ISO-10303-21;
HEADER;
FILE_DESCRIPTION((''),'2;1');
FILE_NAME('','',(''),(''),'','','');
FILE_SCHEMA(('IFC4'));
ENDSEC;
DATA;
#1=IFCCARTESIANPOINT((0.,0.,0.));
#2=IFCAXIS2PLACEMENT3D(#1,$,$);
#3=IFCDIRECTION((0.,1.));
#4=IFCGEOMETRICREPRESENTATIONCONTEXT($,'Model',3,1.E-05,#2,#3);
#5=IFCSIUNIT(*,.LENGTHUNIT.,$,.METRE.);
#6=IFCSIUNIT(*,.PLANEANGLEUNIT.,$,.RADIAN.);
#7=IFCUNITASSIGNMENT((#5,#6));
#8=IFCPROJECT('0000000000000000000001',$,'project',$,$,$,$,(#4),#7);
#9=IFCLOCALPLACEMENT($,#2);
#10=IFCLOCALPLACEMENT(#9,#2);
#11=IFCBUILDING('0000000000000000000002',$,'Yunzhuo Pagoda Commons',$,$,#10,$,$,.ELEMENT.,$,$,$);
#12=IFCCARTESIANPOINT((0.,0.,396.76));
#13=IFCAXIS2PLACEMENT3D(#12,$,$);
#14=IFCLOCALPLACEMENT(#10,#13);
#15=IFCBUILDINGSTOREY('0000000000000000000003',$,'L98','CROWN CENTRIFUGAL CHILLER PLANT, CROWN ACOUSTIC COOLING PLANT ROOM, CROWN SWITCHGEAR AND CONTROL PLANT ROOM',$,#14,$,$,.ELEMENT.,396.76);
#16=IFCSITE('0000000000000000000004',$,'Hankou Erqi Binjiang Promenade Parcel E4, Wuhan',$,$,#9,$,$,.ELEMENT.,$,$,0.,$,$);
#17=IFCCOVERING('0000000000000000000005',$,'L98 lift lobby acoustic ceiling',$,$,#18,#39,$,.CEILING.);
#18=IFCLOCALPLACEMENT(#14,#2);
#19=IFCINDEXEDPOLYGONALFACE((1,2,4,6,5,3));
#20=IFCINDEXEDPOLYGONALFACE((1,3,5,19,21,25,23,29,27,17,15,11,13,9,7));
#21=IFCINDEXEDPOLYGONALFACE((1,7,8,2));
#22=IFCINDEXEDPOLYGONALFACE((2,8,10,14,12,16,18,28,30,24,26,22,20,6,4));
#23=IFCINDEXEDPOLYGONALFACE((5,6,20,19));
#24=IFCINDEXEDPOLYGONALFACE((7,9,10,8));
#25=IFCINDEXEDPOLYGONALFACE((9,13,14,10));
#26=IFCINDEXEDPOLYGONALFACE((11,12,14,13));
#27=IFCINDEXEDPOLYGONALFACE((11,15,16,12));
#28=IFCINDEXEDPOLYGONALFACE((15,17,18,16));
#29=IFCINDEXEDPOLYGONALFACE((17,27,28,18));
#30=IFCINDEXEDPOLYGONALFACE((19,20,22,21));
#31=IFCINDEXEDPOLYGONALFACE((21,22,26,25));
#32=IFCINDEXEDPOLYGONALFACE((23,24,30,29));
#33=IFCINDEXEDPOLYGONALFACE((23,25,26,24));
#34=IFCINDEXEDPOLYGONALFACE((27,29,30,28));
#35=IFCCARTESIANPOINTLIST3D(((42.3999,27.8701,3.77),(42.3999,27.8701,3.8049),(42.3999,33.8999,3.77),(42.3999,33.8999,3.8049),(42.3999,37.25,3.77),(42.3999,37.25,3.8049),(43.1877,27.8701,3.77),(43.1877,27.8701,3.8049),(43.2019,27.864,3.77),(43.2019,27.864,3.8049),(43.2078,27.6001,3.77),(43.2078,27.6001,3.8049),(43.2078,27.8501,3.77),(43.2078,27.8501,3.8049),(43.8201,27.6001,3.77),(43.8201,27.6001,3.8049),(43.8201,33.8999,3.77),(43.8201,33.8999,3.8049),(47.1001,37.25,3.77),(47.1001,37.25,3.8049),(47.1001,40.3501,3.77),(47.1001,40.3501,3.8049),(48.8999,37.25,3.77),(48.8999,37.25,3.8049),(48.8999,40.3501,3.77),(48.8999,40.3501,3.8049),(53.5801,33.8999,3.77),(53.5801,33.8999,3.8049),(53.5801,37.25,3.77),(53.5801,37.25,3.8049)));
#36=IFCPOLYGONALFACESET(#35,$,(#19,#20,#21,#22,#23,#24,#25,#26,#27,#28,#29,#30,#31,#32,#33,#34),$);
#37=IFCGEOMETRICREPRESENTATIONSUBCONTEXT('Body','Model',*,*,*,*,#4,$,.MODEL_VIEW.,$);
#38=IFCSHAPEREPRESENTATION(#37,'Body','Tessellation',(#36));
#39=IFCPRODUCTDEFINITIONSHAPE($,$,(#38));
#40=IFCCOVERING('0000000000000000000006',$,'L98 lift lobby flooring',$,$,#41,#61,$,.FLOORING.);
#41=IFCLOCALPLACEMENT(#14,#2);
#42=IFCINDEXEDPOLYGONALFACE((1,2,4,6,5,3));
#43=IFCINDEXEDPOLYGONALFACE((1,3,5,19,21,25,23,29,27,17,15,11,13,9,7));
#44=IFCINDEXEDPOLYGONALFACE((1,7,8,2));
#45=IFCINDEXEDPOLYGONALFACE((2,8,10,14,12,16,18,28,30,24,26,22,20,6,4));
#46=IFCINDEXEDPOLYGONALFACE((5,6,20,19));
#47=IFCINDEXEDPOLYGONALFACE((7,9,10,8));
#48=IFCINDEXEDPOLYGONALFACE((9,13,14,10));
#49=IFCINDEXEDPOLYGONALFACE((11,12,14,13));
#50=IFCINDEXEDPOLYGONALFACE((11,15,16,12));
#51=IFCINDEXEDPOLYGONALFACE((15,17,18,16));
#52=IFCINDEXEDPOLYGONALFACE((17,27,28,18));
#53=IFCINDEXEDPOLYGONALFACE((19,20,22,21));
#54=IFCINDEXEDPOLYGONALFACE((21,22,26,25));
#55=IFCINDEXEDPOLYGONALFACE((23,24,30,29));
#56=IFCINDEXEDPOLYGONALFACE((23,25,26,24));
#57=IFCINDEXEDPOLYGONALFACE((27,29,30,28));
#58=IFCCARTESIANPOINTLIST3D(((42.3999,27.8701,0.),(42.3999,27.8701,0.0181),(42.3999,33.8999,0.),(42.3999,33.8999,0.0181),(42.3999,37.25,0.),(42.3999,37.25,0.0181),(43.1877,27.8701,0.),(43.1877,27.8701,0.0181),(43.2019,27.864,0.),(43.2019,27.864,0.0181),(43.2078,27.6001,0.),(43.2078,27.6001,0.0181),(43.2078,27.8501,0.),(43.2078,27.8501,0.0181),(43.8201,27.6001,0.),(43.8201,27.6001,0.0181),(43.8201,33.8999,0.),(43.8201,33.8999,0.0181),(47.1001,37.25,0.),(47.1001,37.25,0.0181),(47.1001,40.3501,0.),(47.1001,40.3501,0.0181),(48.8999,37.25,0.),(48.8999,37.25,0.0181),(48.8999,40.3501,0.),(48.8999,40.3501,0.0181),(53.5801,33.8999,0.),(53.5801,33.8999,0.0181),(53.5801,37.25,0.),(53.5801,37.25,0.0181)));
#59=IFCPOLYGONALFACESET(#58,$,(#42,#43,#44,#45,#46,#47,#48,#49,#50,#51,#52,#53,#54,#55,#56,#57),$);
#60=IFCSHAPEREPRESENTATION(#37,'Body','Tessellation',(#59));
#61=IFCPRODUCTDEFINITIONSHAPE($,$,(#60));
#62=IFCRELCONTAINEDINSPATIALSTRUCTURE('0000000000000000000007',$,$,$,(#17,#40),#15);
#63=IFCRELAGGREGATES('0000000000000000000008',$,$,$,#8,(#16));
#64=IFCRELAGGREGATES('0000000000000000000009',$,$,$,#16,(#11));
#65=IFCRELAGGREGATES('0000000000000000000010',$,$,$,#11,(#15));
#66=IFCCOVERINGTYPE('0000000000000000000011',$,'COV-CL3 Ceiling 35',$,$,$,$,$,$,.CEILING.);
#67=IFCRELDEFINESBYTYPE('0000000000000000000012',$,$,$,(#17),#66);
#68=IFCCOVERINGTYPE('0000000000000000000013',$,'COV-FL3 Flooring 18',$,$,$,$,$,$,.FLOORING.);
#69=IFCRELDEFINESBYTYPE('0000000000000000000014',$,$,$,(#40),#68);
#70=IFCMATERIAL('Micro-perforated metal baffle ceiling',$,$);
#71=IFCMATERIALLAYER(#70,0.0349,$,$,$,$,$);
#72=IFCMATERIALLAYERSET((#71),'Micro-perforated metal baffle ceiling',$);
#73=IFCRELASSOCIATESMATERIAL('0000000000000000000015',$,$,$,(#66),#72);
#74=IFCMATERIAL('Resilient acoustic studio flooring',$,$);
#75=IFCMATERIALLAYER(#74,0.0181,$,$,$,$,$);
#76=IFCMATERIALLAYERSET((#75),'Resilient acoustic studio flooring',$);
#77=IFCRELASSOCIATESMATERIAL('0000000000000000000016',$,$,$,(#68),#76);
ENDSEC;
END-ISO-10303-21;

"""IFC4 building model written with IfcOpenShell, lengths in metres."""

from ifc_helpers import new_model, si_unit, direction, frame, origin, place, context, subcontext, project, spatial, polyline, outline, extrude, material, layer, layer_set, type_object, element, save


model = new_model("IFC4")

# Units and contexts
model_context = context("Model", 3, precision=1e-05, world=origin(), true_north=direction((0.0, 1.0)))
body_context = subcontext(model_context, "Body", "Model", "MODEL_VIEW")
ifc_project = project(units=[si_unit("LENGTHUNIT", "METRE"), si_unit("PLANEANGLEUNIT", "RADIAN")], contexts=[model_context])

# Site, building, storey
site_placement = place(None, origin())
site = spatial("IfcSite", under=ifc_project, at=site_placement, Name="Hankou Erqi Binjiang Promenade Parcel E4, Wuhan", CompositionType="ELEMENT", RefElevation=0.0)
building_placement = place(site_placement, origin())
building = spatial("IfcBuilding", under=site, at=building_placement, Name="Yunzhuo Pagoda Commons", CompositionType="ELEMENT")
storey_placement = place(building_placement, frame((0.0, 0.0, 396.76)))
storey = spatial("IfcBuildingStorey", under=building, at=storey_placement, Name="L98", Description="CROWN CENTRIFUGAL CHILLER PLANT, CROWN ACOUSTIC COOLING PLANT ROOM, CROWN SWITCHGEAR AND CONTROL PLANT ROOM", CompositionType="ELEMENT", Elevation=396.76)

# Coverings
ifc_material_1 = material(Name="Micro-perforated metal baffle ceiling")
ifc_layer_1 = layer(ifc_material_1, 0.0349)
ifc_layer_set_1 = layer_set([ifc_layer_1], Name="Micro-perforated metal baffle ceiling")
covering_type_1 = type_object("IfcCoveringType", Name="COV-CL3 Ceiling 35", PredefinedType="CEILING", material=ifc_layer_set_1)
covering_1_placement = place(storey_placement, frame((0.0, 0.0, 3.77)))
element("IfcCovering", 1, at=covering_1_placement, inside=storey, type_object=covering_type_1, Name="L98 lift lobby acoustic ceiling", PredefinedType="CEILING", context=body_context, shape_type="SweptSolid", body=[
    extrude(outline(polyline([(43.2078, 27.8501), (43.2019, 27.864), (43.1877, 27.8701), (42.3999, 27.8701), (42.3999, 33.8999), (42.3999, 37.25), (47.1001, 37.25), (47.1001, 40.3501), (48.8999, 40.3501), (48.8999, 37.25), (53.5801, 37.25), (53.5801, 33.8999), (43.8201, 33.8999), (43.8201, 27.6001), (43.2078, 27.6001), (43.2078, 27.8501)])), origin(), (0.0, 0.0, 1.0), 0.0349),
])
ifc_material_2 = material(Name="Resilient acoustic studio flooring")
ifc_layer_2 = layer(ifc_material_2, 0.0181)
ifc_layer_set_2 = layer_set([ifc_layer_2], Name="Resilient acoustic studio flooring")
covering_type_2 = type_object("IfcCoveringType", Name="COV-FL3 Flooring 18", PredefinedType="FLOORING", material=ifc_layer_set_2)
covering_2_placement = place(storey_placement, origin())
element("IfcCovering", 2, at=covering_2_placement, inside=storey, type_object=covering_type_2, Name="L98 lift lobby flooring", PredefinedType="FLOORING", context=body_context, shape_type="SweptSolid", body=[
    extrude(outline(polyline([(43.2078, 27.8501), (43.2019, 27.864), (43.1877, 27.8701), (42.3999, 27.8701), (42.3999, 33.8999), (42.3999, 37.25), (47.1001, 37.25), (47.1001, 40.3501), (48.8999, 40.3501), (48.8999, 37.25), (53.5801, 37.25), (53.5801, 33.8999), (43.8201, 33.8999), (43.8201, 27.6001), (43.2078, 27.6001), (43.2078, 27.8501)])), origin(), (0.0, 0.0, 1.0), 0.0181),
])

save(model, "model.ifc")
